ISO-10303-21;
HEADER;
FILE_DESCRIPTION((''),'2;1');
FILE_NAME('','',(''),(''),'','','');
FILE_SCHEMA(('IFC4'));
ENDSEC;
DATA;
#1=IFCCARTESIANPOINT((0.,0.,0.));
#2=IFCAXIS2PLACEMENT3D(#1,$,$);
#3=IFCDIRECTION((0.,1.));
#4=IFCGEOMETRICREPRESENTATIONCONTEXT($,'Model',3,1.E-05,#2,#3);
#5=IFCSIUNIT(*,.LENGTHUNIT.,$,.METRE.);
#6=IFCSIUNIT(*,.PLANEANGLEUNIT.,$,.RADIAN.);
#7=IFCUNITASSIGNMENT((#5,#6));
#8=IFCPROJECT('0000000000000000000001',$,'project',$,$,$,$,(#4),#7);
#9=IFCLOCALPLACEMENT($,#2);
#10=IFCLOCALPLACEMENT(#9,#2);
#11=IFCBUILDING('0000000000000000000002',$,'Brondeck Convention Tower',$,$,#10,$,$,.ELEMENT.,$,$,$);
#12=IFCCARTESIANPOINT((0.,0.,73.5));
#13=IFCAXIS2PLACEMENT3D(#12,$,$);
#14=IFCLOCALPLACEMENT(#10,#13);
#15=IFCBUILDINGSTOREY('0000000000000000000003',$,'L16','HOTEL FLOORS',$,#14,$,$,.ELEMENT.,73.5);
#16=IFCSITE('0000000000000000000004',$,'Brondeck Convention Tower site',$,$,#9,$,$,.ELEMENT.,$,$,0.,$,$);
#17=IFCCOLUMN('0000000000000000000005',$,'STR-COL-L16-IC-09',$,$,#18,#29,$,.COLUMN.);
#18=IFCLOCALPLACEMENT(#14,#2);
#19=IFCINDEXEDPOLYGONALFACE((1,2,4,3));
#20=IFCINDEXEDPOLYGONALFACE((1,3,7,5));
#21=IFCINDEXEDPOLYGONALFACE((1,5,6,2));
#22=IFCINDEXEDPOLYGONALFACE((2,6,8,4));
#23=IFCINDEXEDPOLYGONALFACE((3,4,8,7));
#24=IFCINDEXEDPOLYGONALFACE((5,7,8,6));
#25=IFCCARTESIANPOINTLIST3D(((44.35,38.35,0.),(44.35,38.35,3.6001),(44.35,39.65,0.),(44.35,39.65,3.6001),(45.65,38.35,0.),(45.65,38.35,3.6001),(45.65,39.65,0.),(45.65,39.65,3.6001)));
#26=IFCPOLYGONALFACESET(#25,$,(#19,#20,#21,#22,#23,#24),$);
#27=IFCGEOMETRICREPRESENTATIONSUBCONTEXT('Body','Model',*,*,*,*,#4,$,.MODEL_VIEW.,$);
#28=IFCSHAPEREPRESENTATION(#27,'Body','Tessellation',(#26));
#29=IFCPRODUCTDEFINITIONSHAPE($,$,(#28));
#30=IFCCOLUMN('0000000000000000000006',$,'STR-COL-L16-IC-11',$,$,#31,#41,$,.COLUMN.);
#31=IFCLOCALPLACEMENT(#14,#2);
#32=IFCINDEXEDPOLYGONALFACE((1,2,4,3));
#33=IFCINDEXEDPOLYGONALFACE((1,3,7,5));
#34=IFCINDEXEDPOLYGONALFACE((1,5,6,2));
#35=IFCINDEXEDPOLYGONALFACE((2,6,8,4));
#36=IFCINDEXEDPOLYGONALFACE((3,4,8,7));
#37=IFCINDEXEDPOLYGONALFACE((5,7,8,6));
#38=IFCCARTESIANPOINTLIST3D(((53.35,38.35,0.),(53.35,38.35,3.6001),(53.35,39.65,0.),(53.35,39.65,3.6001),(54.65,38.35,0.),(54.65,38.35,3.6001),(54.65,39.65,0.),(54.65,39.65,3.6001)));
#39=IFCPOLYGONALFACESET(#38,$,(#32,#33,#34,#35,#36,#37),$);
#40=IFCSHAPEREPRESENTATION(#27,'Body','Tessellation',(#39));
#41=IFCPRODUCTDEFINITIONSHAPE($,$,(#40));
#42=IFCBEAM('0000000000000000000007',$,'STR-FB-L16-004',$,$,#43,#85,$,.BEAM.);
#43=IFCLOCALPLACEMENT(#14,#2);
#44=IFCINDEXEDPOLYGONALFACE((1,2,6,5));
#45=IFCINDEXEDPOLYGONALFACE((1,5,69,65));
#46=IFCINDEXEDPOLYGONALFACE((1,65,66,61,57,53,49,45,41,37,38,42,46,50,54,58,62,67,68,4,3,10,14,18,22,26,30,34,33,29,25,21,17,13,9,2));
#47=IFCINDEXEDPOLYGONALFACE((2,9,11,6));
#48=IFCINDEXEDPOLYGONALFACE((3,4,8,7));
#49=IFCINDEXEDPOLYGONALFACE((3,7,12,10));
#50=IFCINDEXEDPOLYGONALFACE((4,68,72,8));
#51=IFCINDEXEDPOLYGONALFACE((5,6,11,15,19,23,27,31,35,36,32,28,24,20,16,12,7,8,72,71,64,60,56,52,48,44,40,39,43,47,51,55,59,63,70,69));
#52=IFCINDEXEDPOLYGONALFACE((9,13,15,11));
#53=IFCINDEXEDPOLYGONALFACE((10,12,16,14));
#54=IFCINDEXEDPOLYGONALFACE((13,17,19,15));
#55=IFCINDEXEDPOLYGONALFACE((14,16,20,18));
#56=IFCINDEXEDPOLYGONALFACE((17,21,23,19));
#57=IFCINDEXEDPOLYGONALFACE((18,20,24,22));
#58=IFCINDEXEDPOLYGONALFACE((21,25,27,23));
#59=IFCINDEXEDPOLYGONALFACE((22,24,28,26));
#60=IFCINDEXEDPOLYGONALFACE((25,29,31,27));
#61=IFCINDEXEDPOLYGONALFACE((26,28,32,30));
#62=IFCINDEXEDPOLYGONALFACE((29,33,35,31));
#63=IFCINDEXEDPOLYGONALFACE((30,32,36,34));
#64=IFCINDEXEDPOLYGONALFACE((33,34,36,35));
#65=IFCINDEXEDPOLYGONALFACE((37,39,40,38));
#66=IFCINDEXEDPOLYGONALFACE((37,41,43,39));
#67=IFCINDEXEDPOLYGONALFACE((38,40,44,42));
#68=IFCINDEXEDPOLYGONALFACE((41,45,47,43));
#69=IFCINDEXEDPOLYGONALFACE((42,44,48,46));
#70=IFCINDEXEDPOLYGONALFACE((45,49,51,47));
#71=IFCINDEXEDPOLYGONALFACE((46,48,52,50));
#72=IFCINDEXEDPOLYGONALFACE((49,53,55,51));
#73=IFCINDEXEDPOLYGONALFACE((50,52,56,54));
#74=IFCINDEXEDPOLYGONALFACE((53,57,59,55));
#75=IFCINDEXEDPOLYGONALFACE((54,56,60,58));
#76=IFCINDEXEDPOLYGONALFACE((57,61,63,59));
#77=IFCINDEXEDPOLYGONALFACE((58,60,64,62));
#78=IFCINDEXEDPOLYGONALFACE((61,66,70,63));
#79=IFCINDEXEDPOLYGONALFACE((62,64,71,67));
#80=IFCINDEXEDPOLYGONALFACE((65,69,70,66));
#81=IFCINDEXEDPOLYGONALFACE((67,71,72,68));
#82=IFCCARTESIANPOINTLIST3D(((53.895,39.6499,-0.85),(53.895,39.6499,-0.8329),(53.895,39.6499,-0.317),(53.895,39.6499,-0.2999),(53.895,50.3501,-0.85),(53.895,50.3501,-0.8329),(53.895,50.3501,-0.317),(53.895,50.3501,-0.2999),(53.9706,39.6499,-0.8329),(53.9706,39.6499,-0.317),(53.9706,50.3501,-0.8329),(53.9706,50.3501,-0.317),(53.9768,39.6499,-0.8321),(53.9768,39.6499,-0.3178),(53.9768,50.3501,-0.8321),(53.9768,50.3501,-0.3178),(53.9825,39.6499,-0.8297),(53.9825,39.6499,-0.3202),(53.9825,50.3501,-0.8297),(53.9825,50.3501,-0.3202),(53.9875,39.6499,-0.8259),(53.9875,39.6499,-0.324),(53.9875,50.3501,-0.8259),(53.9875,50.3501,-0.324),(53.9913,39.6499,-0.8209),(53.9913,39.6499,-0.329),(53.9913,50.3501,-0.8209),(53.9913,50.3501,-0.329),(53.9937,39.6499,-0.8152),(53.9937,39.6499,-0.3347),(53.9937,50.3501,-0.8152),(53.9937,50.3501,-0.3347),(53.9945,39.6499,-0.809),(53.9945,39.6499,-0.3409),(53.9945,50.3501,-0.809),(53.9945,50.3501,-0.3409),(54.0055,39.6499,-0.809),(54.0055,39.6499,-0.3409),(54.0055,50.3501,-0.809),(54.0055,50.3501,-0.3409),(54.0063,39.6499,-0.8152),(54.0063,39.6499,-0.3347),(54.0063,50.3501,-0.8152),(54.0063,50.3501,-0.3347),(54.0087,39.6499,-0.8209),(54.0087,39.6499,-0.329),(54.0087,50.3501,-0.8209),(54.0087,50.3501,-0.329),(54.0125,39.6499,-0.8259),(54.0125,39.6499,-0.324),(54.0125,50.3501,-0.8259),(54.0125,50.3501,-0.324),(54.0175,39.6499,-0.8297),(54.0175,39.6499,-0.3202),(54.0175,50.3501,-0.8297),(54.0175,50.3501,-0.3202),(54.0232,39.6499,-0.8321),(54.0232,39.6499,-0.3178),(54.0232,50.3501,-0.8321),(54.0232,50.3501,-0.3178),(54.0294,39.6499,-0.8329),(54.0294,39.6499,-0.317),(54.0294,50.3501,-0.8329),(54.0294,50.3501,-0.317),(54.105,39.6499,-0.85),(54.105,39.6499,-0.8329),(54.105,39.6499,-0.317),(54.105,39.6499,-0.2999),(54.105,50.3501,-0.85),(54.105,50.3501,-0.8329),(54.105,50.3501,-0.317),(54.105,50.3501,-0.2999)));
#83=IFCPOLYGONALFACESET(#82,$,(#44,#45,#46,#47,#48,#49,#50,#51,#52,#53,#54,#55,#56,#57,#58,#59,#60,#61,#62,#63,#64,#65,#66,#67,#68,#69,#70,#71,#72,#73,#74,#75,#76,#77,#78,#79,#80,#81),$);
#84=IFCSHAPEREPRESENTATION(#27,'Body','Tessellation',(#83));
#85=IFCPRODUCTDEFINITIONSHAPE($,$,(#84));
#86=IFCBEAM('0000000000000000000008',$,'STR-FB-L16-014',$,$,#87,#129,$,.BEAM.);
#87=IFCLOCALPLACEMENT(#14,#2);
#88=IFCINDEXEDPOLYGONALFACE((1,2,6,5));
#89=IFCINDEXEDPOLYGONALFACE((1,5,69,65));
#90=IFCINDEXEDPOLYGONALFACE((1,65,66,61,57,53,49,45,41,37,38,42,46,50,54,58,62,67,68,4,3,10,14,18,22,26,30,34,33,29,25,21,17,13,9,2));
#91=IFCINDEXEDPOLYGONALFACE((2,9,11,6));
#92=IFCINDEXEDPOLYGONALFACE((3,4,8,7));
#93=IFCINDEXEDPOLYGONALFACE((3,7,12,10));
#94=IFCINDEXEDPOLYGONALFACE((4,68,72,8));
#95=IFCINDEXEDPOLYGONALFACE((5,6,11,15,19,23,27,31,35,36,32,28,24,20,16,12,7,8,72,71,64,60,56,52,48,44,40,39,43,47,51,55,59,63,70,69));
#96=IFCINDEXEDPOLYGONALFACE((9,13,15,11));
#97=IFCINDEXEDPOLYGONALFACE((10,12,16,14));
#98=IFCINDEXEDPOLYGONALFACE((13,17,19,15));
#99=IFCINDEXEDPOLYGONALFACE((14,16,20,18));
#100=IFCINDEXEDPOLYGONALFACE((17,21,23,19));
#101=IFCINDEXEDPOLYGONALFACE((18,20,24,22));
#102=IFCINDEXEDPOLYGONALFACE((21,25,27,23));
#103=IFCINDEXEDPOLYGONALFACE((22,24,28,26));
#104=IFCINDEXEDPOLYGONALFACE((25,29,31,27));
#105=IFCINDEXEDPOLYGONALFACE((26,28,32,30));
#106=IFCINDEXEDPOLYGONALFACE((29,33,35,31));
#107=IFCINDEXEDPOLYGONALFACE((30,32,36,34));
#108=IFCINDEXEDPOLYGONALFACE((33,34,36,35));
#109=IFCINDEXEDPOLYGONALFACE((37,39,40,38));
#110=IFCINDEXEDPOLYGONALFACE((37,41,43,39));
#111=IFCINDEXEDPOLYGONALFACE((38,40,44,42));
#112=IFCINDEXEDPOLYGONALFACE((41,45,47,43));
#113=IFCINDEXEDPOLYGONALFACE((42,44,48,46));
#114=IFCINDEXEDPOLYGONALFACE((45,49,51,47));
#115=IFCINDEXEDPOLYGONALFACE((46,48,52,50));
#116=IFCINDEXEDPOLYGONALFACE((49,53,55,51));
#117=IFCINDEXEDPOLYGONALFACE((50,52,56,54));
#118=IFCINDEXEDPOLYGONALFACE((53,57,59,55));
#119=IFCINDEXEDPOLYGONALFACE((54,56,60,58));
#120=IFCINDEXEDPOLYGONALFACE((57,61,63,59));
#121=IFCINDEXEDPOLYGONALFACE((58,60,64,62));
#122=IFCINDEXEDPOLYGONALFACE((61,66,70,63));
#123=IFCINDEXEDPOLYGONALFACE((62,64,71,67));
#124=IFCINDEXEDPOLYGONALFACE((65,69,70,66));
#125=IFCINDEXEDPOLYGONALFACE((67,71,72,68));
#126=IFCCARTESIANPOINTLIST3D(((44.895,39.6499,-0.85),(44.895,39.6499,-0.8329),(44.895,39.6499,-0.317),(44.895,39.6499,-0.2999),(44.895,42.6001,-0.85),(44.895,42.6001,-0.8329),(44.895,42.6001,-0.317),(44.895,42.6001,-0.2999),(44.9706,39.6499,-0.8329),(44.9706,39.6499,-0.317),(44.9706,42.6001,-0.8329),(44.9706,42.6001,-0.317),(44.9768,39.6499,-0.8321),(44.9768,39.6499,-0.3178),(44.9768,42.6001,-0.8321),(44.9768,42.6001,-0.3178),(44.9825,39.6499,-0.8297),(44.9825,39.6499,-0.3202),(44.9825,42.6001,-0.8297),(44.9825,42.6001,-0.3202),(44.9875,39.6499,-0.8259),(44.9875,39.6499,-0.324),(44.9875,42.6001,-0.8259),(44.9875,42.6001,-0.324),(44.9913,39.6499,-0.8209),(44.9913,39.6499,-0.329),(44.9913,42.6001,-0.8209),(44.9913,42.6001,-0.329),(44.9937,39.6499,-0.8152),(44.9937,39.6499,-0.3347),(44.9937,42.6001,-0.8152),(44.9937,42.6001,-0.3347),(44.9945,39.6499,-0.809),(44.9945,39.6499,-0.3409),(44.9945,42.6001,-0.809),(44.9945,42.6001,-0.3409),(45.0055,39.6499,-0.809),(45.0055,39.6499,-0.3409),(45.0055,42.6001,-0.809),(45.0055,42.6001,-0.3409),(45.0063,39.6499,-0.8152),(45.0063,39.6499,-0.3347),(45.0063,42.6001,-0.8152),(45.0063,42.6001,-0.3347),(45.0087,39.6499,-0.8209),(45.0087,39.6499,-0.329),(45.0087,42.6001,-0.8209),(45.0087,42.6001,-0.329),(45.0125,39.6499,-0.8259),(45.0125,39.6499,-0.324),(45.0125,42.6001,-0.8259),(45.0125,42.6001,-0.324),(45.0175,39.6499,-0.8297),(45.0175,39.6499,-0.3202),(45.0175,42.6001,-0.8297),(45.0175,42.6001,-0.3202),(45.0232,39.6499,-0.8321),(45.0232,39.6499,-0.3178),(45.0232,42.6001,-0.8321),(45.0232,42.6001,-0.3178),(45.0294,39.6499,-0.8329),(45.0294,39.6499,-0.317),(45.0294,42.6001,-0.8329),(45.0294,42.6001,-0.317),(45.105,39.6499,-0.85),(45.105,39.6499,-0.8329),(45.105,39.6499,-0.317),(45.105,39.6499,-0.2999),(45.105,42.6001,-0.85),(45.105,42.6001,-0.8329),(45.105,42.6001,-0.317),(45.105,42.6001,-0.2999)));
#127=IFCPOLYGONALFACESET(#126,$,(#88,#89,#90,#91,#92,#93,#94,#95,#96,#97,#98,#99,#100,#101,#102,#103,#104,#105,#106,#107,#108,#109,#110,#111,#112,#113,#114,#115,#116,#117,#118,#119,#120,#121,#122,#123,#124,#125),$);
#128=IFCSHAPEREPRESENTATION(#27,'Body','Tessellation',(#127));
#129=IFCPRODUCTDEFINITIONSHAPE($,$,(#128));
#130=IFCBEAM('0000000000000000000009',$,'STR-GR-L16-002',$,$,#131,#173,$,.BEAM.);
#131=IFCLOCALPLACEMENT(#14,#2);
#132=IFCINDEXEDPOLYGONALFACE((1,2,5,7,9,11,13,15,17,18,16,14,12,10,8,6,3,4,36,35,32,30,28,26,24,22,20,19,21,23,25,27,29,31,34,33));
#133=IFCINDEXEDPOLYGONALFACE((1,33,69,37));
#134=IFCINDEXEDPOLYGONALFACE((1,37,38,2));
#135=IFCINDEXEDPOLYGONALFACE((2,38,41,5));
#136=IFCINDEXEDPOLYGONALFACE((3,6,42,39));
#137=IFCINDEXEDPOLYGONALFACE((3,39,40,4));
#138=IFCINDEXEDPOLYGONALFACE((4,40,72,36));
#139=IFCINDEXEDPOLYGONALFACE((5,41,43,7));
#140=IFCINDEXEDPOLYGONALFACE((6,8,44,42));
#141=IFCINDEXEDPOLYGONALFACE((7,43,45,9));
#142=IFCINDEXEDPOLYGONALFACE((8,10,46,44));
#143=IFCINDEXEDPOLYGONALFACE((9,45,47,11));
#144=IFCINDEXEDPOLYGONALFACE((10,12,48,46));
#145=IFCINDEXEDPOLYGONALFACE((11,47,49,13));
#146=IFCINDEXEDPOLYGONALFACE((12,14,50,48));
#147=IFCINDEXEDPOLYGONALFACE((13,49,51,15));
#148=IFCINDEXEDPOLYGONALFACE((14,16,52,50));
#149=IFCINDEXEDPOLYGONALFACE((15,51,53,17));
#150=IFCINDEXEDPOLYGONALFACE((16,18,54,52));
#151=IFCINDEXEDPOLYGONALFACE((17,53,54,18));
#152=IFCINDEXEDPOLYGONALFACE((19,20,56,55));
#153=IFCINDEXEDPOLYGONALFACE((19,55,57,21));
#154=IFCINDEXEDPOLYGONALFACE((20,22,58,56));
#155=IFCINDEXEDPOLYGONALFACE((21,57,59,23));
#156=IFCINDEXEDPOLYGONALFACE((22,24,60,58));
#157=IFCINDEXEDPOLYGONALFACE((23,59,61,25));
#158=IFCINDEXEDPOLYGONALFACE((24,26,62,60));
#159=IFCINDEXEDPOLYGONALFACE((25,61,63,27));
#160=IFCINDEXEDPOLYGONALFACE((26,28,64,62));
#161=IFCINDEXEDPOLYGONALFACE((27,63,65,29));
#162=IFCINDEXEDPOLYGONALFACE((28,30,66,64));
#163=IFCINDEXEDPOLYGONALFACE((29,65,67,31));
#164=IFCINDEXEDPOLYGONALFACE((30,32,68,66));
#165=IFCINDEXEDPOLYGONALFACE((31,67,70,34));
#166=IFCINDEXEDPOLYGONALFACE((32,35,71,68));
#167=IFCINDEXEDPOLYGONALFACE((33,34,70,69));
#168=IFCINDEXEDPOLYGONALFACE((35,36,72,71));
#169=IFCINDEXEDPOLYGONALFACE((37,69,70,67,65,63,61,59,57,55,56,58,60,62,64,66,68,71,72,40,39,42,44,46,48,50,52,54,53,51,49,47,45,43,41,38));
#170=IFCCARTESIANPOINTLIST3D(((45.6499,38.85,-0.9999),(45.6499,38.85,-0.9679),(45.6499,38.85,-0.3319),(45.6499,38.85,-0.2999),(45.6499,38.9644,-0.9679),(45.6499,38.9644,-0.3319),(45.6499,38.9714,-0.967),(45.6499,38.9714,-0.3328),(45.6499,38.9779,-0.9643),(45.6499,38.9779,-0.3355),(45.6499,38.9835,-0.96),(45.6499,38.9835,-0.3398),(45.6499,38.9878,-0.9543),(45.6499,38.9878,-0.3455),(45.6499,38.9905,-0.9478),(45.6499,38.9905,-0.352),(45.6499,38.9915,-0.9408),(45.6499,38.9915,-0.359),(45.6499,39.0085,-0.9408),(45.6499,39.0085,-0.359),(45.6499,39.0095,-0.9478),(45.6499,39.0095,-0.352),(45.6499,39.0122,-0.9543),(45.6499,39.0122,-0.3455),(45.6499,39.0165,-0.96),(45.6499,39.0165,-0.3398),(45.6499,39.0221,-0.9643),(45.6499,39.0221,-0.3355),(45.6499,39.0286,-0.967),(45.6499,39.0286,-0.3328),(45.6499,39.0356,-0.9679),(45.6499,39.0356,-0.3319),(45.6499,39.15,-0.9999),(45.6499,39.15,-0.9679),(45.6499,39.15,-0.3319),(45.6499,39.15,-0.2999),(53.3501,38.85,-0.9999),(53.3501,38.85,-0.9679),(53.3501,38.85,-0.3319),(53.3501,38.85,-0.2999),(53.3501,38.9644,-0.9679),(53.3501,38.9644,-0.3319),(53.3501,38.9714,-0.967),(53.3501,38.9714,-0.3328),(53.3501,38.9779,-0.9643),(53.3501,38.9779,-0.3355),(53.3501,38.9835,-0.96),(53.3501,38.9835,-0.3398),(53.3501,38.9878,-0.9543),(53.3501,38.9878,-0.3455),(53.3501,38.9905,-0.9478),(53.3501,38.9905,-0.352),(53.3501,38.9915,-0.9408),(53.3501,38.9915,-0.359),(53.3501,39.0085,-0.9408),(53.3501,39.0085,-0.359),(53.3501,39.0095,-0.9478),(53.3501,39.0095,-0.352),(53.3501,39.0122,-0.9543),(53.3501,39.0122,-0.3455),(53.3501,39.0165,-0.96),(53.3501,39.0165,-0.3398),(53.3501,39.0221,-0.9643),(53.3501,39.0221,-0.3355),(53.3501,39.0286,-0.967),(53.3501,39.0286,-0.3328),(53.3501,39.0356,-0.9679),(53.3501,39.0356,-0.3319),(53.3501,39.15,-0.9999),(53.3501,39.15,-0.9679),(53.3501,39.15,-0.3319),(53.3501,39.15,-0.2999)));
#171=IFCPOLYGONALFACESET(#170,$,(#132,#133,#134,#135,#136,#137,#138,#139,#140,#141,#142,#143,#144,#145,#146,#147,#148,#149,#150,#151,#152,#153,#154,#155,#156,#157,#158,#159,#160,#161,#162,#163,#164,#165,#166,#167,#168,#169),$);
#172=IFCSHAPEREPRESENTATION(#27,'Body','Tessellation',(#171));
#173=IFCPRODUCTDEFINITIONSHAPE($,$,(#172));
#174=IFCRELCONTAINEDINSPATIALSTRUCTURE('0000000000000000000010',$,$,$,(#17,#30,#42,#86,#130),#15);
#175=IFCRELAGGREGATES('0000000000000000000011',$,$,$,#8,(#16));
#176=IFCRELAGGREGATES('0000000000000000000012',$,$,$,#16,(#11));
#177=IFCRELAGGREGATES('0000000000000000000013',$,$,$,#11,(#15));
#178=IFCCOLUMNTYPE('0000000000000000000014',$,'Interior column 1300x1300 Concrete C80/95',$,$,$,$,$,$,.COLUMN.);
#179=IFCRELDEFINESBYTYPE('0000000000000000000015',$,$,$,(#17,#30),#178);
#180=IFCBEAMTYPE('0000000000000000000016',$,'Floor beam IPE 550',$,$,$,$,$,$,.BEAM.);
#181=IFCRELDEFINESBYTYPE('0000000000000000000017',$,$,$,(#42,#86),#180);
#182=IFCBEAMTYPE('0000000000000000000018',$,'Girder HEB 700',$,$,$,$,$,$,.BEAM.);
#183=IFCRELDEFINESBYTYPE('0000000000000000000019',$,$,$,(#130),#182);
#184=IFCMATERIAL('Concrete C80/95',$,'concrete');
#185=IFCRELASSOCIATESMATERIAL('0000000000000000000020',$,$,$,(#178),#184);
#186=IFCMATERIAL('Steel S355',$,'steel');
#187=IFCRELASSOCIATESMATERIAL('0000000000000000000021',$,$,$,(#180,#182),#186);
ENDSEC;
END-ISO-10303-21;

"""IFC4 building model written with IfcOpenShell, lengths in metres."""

from ifc_helpers import new_model, si_unit, direction, frame, origin, origin_2d, place, context, subcontext, project, spatial, rectangle, i_section, extrude, material, material_profile, profile_set, type_object, element, save


model = new_model("IFC4")

# Units and contexts
model_context = context("Model", 3, precision=1e-05, world=origin(), true_north=direction((0.0, 1.0)))
body_context = subcontext(model_context, "Body", "Model", "MODEL_VIEW")
ifc_project = project(units=[si_unit("LENGTHUNIT", "METRE"), si_unit("PLANEANGLEUNIT", "RADIAN")], contexts=[model_context])

# Site, building, storey
site_placement = place(None, origin())
site = spatial("IfcSite", under=ifc_project, at=site_placement, Name="Brondeck Convention Tower site", CompositionType="ELEMENT", RefElevation=0.0)
building_placement = place(site_placement, origin())
building = spatial("IfcBuilding", under=site, at=building_placement, Name="Brondeck Convention Tower", CompositionType="ELEMENT")
storey_placement = place(building_placement, frame((0.0, 0.0, 73.5)))
storey = spatial("IfcBuildingStorey", under=building, at=storey_placement, Name="L16", Description="HOTEL FLOORS", CompositionType="ELEMENT", Elevation=73.5)

# Columns
ifc_material_1 = material(Name="Concrete C80/95", Category="concrete")
ifc_material_profile_1 = material_profile(ifc_material_1, rectangle(XDim=1.3, YDim=1.3, at=origin_2d()), Name="Interior column 1300x1300 Concrete C80/95")
ifc_profile_set_1 = profile_set([ifc_material_profile_1], Name="Concrete C80/95")
column_type = type_object("IfcColumnType", Name="Interior column 1300x1300 Concrete C80/95", PredefinedType="COLUMN", material=ifc_profile_set_1)
for number, where, z_axis, x_axis, name in (
    (1, (45.0, 39.0, 0.0), (0.0, 0.0, 1.0), (1.0, 0.0, 0.0), "STR-COL-L16-IC-09"),
    (2, (54.0, 39.0, 0.0), (0.0, 0.0, 1.0), (1.0, 0.0, 0.0), "STR-COL-L16-IC-11"),
):
    element("IfcColumn", number, at=place(storey_placement, frame(where, z_axis=z_axis, x_axis=x_axis)), inside=storey, type_object=column_type, Name=name, PredefinedType="COLUMN", context=body_context, shape_type="SweptSolid", body=[
        extrude(rectangle(XDim=1.3, YDim=1.3, at=origin_2d()), origin(), (0.0, 0.0, 1.0), 3.6001),
    ])

# Beams
ifc_material_2 = material(Name="Steel S355", Category="steel")
ifc_material_profile_2 = material_profile(ifc_material_2, i_section(OverallWidth=0.21, OverallDepth=0.55, WebThickness=0.011, FlangeThickness=0.0171, FilletRadius=0.0239, at=origin_2d()), Name="IPE 550")
ifc_profile_set_2 = profile_set([ifc_material_profile_2], Name="Steel S355")
beam_type_1 = type_object("IfcBeamType", Name="Floor beam IPE 550", PredefinedType="BEAM", material=ifc_profile_set_2)
beam_1_placement = place(storey_placement, frame((54.0, 39.6499, -0.575), z_axis=(0.0, 1.0, 0.0), x_axis=(-1.0, 0.0, 0.0)))
element("IfcBeam", 3, at=beam_1_placement, inside=storey, type_object=beam_type_1, Name="STR-FB-L16-004", PredefinedType="BEAM", context=body_context, shape_type="SweptSolid", body=[
    extrude(i_section(OverallWidth=0.21, OverallDepth=0.55, WebThickness=0.011, FlangeThickness=0.0171, FilletRadius=0.0239, at=origin_2d()), origin(), (0.0, 0.0, 1.0), 10.7002),
])
beam_2_placement = place(storey_placement, frame((45.0, 39.6499, -0.575), z_axis=(0.0, 1.0, 0.0), x_axis=(-1.0, 0.0, 0.0)))
element("IfcBeam", 4, at=beam_2_placement, inside=storey, type_object=beam_type_1, Name="STR-FB-L16-014", PredefinedType="BEAM", context=body_context, shape_type="SweptSolid", body=[
    extrude(i_section(OverallWidth=0.21, OverallDepth=0.55, WebThickness=0.011, FlangeThickness=0.0171, FilletRadius=0.0239, at=origin_2d()), origin(), (0.0, 0.0, 1.0), 2.9502),
])
ifc_material_profile_3 = material_profile(ifc_material_2, i_section(OverallWidth=0.3, OverallDepth=0.7, WebThickness=0.0171, FlangeThickness=0.032, FilletRadius=0.0271, at=origin_2d()), Name="HEB 700")
ifc_profile_set_3 = profile_set([ifc_material_profile_3], Name="Steel S355")
beam_type_2 = type_object("IfcBeamType", Name="Girder HEB 700", PredefinedType="BEAM", material=ifc_profile_set_3)
for number, where, z_axis, x_axis, name in (
    (5, (45.6499, 39.0, -0.6499), (1.0, 0.0, 0.0), (0.0, 1.0, 0.0), "STR-GR-L16-002"),
):
    element("IfcBeam", number, at=place(storey_placement, frame(where, z_axis=z_axis, x_axis=x_axis)), inside=storey, type_object=beam_type_2, Name=name, PredefinedType="BEAM", context=body_context, shape_type="SweptSolid", body=[
        extrude(i_section(OverallWidth=0.3, OverallDepth=0.7, WebThickness=0.0171, FlangeThickness=0.032, FilletRadius=0.0271, at=origin_2d()), origin(), (0.0, 0.0, 1.0), 7.7002),
    ])

save(model, "model.ifc")
